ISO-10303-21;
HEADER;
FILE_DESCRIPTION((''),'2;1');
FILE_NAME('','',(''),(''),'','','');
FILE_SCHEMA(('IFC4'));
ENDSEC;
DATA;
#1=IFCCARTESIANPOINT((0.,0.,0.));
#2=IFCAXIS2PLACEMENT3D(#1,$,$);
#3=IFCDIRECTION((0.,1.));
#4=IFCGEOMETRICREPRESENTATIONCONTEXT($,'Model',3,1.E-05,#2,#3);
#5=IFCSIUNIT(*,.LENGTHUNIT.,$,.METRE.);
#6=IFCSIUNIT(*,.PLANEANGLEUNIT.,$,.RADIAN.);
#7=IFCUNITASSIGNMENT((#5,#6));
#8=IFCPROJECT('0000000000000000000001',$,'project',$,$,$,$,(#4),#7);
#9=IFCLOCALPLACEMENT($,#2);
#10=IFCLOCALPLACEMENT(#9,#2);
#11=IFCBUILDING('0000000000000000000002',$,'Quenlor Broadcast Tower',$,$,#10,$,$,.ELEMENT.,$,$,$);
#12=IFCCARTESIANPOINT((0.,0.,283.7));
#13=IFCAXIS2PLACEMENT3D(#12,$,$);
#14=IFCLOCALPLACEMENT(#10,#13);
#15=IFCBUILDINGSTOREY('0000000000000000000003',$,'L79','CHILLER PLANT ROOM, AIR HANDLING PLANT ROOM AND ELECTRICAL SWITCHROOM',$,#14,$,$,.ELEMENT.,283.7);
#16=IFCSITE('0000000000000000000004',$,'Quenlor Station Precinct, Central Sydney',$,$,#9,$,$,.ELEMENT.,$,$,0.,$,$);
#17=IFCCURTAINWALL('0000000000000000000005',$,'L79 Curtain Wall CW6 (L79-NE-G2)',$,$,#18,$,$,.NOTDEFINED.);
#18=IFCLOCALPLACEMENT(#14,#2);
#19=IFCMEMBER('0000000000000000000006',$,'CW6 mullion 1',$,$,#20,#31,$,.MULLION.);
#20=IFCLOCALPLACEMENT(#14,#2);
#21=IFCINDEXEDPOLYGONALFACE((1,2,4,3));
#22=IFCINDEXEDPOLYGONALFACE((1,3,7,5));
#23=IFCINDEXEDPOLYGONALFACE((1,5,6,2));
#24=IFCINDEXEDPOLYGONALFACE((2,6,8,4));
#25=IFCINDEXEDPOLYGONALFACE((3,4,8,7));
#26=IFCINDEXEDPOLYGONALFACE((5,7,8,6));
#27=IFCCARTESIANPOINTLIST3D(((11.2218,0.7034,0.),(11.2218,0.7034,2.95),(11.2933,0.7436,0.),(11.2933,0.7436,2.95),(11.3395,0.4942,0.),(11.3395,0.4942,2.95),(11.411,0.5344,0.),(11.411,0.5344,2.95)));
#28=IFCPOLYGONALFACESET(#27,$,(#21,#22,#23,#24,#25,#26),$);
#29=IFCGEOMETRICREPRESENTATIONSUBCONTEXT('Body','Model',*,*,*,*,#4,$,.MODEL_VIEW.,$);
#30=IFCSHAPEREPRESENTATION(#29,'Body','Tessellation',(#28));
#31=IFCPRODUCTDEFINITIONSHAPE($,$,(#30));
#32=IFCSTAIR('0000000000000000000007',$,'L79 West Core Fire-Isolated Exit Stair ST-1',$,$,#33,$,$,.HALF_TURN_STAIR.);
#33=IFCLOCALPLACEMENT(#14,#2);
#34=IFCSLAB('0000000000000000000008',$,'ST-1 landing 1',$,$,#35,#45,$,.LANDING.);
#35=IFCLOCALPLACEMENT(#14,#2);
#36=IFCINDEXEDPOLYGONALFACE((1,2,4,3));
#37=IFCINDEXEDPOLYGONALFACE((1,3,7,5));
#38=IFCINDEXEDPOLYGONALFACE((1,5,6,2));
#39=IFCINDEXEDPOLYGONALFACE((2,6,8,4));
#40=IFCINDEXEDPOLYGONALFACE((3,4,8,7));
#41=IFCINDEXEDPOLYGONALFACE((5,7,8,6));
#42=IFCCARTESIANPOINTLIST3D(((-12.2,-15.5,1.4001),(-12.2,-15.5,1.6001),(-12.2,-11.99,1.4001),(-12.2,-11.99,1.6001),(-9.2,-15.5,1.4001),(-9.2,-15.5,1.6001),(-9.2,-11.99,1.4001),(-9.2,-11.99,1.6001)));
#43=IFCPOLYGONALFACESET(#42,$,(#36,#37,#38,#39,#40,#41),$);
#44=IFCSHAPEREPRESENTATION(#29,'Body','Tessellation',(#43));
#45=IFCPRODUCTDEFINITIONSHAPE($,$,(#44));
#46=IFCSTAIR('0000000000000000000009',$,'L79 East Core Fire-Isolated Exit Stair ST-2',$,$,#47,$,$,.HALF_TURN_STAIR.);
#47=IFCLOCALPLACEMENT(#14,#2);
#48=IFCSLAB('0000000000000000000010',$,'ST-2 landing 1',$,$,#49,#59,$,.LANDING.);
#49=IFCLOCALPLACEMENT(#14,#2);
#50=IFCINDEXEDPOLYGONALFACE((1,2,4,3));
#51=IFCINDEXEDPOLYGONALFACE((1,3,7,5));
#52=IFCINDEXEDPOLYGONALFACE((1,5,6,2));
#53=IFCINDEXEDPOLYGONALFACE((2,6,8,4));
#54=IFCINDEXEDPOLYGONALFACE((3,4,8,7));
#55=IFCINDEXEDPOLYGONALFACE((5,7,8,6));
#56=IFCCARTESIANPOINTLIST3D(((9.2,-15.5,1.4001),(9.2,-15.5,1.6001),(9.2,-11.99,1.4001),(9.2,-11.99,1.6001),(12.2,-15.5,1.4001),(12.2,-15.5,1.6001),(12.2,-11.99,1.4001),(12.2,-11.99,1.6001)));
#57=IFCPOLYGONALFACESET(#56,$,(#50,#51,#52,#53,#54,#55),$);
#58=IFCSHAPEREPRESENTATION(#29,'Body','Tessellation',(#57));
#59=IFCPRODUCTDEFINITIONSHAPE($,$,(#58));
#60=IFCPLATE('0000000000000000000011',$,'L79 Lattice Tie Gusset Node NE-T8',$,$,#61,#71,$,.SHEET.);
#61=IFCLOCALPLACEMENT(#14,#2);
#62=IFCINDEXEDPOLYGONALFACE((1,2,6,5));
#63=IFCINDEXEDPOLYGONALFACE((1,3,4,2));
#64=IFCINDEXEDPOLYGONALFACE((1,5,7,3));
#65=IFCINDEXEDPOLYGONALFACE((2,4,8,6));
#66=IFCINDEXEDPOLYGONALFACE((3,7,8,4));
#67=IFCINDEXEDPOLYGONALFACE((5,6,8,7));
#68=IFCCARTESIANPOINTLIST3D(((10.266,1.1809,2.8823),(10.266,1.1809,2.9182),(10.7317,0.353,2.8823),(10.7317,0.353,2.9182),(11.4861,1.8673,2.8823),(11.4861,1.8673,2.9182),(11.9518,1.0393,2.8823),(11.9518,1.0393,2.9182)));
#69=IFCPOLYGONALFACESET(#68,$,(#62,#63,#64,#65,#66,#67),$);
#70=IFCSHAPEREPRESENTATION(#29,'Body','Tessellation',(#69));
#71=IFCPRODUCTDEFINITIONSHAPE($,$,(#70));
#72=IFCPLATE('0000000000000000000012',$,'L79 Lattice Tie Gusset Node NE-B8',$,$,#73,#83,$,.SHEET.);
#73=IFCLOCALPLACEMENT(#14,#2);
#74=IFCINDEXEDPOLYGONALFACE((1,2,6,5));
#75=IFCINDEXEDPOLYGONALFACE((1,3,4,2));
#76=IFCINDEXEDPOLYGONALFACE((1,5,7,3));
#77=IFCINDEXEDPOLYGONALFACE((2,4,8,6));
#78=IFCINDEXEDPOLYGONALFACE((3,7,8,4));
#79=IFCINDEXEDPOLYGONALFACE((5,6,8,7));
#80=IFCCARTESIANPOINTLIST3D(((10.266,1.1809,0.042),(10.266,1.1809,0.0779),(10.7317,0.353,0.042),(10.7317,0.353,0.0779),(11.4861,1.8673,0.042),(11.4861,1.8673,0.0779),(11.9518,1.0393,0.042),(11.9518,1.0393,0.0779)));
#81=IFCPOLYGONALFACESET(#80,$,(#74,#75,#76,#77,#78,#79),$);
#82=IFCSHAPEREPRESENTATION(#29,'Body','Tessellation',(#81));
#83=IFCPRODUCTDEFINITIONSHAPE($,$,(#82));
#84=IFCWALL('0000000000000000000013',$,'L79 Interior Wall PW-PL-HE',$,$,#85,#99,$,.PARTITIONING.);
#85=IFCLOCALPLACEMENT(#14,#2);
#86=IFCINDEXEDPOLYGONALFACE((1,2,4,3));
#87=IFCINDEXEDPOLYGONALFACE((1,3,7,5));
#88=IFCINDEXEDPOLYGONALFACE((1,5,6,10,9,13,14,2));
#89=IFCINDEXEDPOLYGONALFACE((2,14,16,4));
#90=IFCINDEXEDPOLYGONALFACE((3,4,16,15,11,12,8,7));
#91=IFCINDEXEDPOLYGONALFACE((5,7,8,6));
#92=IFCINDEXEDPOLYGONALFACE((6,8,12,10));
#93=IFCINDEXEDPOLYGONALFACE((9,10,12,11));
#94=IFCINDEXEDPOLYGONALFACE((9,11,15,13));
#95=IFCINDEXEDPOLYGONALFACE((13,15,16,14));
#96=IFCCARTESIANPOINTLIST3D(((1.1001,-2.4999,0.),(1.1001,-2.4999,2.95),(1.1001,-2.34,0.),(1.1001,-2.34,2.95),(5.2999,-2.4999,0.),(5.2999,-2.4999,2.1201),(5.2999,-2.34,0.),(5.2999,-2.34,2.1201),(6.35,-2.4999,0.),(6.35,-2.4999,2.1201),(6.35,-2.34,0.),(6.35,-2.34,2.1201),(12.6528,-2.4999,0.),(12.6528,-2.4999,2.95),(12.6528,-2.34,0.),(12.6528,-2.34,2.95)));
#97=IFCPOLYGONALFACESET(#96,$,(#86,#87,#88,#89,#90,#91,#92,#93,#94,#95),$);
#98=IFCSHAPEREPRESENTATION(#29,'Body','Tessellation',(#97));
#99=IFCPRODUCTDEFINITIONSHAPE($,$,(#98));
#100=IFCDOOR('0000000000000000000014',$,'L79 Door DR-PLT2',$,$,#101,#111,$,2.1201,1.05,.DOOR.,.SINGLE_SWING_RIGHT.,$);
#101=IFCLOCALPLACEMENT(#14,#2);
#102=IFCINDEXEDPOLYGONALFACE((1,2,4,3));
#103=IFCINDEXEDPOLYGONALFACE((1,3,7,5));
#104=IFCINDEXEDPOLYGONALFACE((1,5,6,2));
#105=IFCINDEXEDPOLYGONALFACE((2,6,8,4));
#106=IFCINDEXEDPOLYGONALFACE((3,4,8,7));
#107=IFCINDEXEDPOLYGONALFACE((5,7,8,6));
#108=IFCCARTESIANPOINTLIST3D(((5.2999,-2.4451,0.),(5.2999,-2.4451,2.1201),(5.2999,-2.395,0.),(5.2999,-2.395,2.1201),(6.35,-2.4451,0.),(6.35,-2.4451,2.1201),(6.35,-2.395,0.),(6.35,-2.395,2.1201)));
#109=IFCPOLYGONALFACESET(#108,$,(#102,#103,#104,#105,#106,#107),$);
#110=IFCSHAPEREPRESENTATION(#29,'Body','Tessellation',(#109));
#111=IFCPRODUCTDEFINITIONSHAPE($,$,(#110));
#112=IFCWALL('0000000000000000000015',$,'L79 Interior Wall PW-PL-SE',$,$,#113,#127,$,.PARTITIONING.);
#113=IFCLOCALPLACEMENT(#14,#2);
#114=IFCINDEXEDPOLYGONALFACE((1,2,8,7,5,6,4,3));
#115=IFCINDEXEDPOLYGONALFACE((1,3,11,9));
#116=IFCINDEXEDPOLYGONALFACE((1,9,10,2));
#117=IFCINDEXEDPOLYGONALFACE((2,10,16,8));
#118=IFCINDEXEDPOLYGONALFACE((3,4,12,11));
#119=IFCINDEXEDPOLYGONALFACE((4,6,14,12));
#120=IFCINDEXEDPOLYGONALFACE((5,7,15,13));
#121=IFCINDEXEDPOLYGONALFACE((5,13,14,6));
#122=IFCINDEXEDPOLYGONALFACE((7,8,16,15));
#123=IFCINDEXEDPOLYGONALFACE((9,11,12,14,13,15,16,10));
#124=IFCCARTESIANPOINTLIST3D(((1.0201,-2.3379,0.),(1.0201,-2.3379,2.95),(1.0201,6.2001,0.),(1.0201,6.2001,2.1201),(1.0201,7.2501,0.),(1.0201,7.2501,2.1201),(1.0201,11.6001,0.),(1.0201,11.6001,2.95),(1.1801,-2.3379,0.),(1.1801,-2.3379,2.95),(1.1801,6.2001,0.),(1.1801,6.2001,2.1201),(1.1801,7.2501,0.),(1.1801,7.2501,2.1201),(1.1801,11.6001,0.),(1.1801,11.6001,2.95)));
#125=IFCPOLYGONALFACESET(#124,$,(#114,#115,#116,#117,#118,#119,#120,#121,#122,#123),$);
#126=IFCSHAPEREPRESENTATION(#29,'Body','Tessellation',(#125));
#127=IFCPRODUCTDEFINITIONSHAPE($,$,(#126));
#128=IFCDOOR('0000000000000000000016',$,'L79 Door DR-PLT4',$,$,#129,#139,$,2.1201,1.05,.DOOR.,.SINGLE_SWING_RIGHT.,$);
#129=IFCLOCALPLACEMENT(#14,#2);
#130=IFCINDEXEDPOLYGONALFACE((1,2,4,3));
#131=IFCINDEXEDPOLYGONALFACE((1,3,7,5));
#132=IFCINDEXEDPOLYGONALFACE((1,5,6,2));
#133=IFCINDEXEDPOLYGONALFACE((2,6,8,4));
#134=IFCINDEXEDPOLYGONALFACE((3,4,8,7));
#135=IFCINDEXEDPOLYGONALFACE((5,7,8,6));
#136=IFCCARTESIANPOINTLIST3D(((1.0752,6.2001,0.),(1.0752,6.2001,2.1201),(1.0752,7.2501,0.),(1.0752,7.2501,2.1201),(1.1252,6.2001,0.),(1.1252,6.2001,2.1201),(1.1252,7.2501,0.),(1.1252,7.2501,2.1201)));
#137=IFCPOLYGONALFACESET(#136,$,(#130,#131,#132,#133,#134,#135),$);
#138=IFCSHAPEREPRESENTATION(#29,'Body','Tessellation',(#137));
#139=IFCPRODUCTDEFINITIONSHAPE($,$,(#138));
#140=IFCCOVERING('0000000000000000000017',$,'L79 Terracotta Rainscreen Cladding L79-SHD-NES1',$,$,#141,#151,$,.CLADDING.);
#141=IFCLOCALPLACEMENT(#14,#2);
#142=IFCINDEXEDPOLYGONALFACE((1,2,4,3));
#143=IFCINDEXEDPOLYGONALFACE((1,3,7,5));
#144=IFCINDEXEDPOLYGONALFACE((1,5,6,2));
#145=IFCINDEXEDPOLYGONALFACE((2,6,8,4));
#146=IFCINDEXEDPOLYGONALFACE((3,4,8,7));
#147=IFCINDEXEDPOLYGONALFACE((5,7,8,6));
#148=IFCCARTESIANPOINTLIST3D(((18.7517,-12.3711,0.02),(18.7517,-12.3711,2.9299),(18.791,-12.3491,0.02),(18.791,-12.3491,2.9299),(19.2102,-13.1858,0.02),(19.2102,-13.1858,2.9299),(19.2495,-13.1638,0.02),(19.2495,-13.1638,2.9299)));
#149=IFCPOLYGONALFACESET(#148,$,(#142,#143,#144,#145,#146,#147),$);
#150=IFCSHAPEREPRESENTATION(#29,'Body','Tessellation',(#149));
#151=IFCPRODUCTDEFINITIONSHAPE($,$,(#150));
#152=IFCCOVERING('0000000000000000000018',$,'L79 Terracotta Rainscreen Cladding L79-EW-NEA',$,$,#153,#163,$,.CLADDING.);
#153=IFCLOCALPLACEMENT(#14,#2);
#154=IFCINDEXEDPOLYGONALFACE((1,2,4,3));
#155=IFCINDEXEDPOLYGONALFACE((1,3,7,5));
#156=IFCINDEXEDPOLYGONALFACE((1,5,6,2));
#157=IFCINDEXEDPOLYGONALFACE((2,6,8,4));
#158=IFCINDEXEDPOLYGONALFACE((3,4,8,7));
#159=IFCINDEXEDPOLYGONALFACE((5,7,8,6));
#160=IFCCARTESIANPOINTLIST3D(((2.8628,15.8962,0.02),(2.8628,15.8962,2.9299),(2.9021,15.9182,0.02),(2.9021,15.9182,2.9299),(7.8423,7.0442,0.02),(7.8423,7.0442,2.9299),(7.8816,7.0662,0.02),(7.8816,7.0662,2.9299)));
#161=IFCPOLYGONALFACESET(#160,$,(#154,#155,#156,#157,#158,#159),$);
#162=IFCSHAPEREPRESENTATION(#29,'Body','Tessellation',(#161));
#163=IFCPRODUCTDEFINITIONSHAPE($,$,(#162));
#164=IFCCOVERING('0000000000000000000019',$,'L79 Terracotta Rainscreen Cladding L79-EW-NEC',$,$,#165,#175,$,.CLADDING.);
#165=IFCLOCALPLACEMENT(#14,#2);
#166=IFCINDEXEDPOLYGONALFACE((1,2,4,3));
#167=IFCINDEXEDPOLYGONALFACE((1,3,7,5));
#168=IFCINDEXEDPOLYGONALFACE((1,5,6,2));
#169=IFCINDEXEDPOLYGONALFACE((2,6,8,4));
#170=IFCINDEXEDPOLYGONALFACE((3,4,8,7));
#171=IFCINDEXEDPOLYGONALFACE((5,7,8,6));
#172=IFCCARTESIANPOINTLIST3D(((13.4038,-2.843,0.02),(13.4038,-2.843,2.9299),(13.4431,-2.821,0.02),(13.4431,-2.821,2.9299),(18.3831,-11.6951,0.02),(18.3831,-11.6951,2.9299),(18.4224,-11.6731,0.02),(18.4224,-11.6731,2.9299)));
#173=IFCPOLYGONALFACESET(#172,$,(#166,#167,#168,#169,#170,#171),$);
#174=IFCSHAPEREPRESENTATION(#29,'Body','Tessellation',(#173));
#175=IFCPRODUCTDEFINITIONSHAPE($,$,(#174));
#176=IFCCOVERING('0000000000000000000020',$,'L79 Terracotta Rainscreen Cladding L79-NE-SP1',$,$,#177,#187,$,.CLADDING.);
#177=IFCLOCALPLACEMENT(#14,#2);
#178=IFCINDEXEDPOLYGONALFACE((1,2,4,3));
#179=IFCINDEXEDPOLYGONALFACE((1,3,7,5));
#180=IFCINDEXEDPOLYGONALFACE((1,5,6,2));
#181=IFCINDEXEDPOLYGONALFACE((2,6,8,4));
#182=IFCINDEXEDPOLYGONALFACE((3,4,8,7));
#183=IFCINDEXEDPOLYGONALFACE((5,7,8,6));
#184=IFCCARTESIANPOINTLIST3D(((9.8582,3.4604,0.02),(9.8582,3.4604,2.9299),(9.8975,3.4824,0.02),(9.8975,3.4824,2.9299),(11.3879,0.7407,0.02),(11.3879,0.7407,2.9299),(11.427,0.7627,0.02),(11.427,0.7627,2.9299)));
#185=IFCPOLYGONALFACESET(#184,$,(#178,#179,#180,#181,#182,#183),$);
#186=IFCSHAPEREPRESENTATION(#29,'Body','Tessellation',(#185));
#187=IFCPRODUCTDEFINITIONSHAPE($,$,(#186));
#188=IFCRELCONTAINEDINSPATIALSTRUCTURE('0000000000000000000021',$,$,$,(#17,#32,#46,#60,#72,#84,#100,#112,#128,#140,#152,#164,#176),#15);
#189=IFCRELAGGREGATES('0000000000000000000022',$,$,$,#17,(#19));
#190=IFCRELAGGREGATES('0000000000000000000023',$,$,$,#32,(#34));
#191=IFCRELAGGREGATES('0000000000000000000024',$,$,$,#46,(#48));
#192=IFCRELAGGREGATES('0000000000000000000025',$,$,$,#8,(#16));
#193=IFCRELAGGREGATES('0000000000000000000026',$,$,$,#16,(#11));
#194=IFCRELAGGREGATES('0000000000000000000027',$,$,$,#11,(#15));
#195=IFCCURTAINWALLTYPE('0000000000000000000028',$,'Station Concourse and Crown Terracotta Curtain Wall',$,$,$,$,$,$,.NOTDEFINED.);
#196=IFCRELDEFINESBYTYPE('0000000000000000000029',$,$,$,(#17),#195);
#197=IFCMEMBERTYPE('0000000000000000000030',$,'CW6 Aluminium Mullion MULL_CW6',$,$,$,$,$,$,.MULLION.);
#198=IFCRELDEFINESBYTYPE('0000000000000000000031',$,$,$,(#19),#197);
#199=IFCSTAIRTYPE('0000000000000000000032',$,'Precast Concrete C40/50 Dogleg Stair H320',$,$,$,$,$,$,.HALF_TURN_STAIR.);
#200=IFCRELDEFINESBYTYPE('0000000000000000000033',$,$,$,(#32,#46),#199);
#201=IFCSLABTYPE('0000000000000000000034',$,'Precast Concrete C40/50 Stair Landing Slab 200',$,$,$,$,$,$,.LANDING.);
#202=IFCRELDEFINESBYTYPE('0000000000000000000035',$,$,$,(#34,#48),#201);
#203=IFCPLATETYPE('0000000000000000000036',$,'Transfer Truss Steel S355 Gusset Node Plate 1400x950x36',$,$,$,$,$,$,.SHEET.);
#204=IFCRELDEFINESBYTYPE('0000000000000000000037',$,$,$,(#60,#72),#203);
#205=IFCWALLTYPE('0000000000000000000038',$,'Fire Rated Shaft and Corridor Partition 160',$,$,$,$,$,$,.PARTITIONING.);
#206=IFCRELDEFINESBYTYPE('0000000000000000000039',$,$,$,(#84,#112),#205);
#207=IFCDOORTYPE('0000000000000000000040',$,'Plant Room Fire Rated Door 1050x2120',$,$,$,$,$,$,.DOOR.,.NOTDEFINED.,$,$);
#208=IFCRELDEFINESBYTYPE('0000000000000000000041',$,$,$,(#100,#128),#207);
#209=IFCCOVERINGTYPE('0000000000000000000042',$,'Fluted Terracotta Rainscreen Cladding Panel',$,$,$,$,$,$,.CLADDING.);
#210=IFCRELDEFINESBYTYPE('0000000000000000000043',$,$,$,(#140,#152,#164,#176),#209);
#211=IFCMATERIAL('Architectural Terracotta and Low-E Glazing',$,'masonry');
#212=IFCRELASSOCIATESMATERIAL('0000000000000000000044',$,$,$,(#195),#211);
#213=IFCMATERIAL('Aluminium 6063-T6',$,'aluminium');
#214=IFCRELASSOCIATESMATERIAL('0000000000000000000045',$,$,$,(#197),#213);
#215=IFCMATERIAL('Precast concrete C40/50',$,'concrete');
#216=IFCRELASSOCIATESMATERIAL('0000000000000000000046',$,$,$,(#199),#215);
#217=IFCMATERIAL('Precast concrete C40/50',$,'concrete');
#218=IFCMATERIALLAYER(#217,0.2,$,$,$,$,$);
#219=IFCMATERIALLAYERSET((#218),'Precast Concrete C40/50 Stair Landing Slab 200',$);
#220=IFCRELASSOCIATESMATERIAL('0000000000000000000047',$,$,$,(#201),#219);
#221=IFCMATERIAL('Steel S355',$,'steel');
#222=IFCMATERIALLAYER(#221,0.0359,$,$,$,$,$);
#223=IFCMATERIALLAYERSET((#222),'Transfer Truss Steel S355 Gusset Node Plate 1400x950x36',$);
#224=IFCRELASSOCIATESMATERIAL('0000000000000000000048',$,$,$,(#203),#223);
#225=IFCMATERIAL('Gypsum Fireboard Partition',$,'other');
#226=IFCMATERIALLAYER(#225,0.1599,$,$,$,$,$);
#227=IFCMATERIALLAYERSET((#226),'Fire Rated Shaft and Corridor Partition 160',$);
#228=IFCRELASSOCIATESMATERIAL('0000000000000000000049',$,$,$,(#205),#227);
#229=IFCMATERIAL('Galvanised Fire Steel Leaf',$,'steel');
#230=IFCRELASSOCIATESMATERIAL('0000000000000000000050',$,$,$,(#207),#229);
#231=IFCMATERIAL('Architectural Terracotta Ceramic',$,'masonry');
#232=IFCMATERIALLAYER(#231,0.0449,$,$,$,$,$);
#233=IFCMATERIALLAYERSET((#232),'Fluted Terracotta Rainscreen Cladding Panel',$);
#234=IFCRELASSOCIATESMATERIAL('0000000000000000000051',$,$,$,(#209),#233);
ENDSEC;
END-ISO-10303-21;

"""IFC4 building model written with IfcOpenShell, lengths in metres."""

from ifc_helpers import new_model, si_unit, direction, frame, frame_2d, origin, origin_2d, place, context, subcontext, project, spatial, polyline, rectangle, outline, extrude, material, layer, layer_set, material_profile, profile_set, type_object, element, fill, aggregate, save


model = new_model("IFC4")

# Units and contexts
model_context = context("Model", 3, precision=1e-05, world=origin(), true_north=direction((0.0, 1.0)))
body_context = subcontext(model_context, "Body", "Model", "MODEL_VIEW")
ifc_project = project(units=[si_unit("LENGTHUNIT", "METRE"), si_unit("PLANEANGLEUNIT", "RADIAN")], contexts=[model_context])

# Site, building, storey
site_placement = place(None, origin())
site = spatial("IfcSite", under=ifc_project, at=site_placement, Name="Quenlor Station Precinct, Central Sydney", CompositionType="ELEMENT", RefElevation=0.0)
building_placement = place(site_placement, origin())
building = spatial("IfcBuilding", under=site, at=building_placement, Name="Quenlor Broadcast Tower", CompositionType="ELEMENT")
storey_placement = place(building_placement, frame((0.0, 0.0, 283.7)))
storey = spatial("IfcBuildingStorey", under=building, at=storey_placement, Name="L79", Description="CHILLER PLANT ROOM, AIR HANDLING PLANT ROOM AND ELECTRICAL SWITCHROOM", CompositionType="ELEMENT", Elevation=283.7)

# Curtain wall, member
ifc_material_1 = material(Name="Architectural Terracotta and Low-E Glazing", Category="masonry")
curtain_wall_type = type_object("IfcCurtainWallType", Name="Station Concourse and Crown Terracotta Curtain Wall", PredefinedType="NOTDEFINED", material=ifc_material_1)
curtain_wall_placement = place(storey_placement, origin())
curtain_wall = element("IfcCurtainWall", 1, at=curtain_wall_placement, inside=storey, type_object=curtain_wall_type, Name="L79 Curtain Wall CW6 (L79-NE-G2)", PredefinedType="NOTDEFINED")
ifc_material_2 = material(Name="Aluminium 6063-T6", Category="aluminium")
ifc_material_profile = material_profile(ifc_material_2, rectangle(XDim=0.082, YDim=0.24, at=origin_2d()))
ifc_profile_set = profile_set([ifc_material_profile], Name="Aluminium 6063-T6 MULL82x240")
member_type = type_object("IfcMemberType", Name="CW6 Aluminium Mullion MULL_CW6", PredefinedType="MULLION", material=ifc_profile_set)
member_placement = place(storey_placement, frame((11.3164, 0.6189, 0.0), z_axis=(0.0, 0.0, 1.0), x_axis=(0.871572, 0.490268, 0.0)))
member = element("IfcMember", 2, at=member_placement, type_object=member_type, Name="CW6 mullion 1", PredefinedType="MULLION", context=body_context, shape_type="SweptSolid", body=[
    extrude(rectangle(XDim=0.082, YDim=0.24, at=origin_2d()), origin(), (0.0, 0.0, 1.0), 2.95),
])
aggregate(curtain_wall, [member])

# Stairs, slabs
ifc_material_3 = material(Name="Precast concrete C40/50", Category="concrete")
stair_type = type_object("IfcStairType", Name="Precast Concrete C40/50 Dogleg Stair H320", PredefinedType="HALF_TURN_STAIR", material=ifc_material_3)
stair_1_placement = place(storey_placement, origin())
stair_1 = element("IfcStair", 3, at=stair_1_placement, inside=storey, type_object=stair_type, Name="L79 West Core Fire-Isolated Exit Stair ST-1", PredefinedType="HALF_TURN_STAIR")
ifc_material_4 = material(Name="Precast concrete C40/50", Category="concrete")
ifc_layer_1 = layer(ifc_material_4, 0.2)
ifc_layer_set_1 = layer_set([ifc_layer_1], Name="Precast Concrete C40/50 Stair Landing Slab 200")
slab_type = type_object("IfcSlabType", Name="Precast Concrete C40/50 Stair Landing Slab 200", PredefinedType="LANDING", material=ifc_layer_set_1)
slab_1_placement = place(storey_placement, frame((0.0, 0.0, 1.4001)))
slab_1 = element("IfcSlab", 4, at=slab_1_placement, type_object=slab_type, Name="ST-1 landing 1", PredefinedType="LANDING", context=body_context, shape_type="SweptSolid", body=[
    extrude(outline(polyline([(-12.2, -11.99), (-12.2, -15.5), (-9.2, -15.5), (-9.2, -11.99), (-12.2, -11.99)])), origin(), (0.0, 0.0, 1.0), 0.2),
])
aggregate(stair_1, [slab_1])
stair_2_placement = place(storey_placement, origin())
stair_2 = element("IfcStair", 5, at=stair_2_placement, inside=storey, type_object=stair_type, Name="L79 East Core Fire-Isolated Exit Stair ST-2", PredefinedType="HALF_TURN_STAIR")
slab_2_placement = place(storey_placement, frame((0.0, 0.0, 1.4001)))
slab_2 = element("IfcSlab", 6, at=slab_2_placement, type_object=slab_type, Name="ST-2 landing 1", PredefinedType="LANDING", context=body_context, shape_type="SweptSolid", body=[
    extrude(outline(polyline([(9.2, -11.99), (9.2, -15.5), (12.2, -15.5), (12.2, -11.99), (9.2, -11.99)])), origin(), (0.0, 0.0, 1.0), 0.2),
])
aggregate(stair_2, [slab_2])

# Plates
ifc_material_5 = material(Name="Steel S355", Category="steel")
ifc_layer_2 = layer(ifc_material_5, 0.0359)
ifc_layer_set_2 = layer_set([ifc_layer_2], Name="Transfer Truss Steel S355 Gusset Node Plate 1400x950x36")
plate_type = type_object("IfcPlateType", Name="Transfer Truss Steel S355 Gusset Node Plate 1400x950x36", PredefinedType="SHEET", material=ifc_layer_set_2)
for number, where, z_axis, x_axis, name in (
    (7, (11.1089, 1.1101, 2.8823), (0.0, 0.0, 1.0), (0.871556, 0.490295, 0.0), "L79 Lattice Tie Gusset Node NE-T8"),
    (8, (11.1089, 1.1101, 0.042), (0.0, 0.0, 1.0), (0.871556, 0.490295, 0.0), "L79 Lattice Tie Gusset Node NE-B8"),
):
    element("IfcPlate", number, at=place(storey_placement, frame(where, z_axis=z_axis, x_axis=x_axis)), inside=storey, type_object=plate_type, Name=name, PredefinedType="SHEET", context=body_context, shape_type="SweptSolid", body=[
        extrude(rectangle(XDim=1.3999, YDim=0.95, at=origin_2d()), origin(), (0.0, 0.0, 1.0), 0.0359),
    ])

# Walls, openings, doors
ifc_material_6 = material(Name="Gypsum Fireboard Partition", Category="other")
ifc_layer_3 = layer(ifc_material_6, 0.1599)
ifc_layer_set_3 = layer_set([ifc_layer_3], Name="Fire Rated Shaft and Corridor Partition 160")
wall_type = type_object("IfcWallType", Name="Fire Rated Shaft and Corridor Partition 160", PredefinedType="PARTITIONING", material=ifc_layer_set_3)
wall_1_placement = place(storey_placement, frame((1.1001, -2.4199, 0.0), z_axis=(0.0, 0.0, 1.0), x_axis=(1.0, 0.0, 0.0)))
wall_1 = element("IfcWall", 9, at=wall_1_placement, inside=storey, type_object=wall_type, Name="L79 Interior Wall PW-PL-HE", PredefinedType="PARTITIONING", context=body_context, shape_type="SweptSolid", body=[
    extrude(rectangle(XDim=11.5527, YDim=0.1599, at=frame_2d((5.7764, 0.0))), origin(), (0.0, 0.0, 1.0), 2.95),
])
opening_1_placement = place(wall_1_placement, frame((4.2, 0.0, 0.0)))
opening_1 = element("IfcOpeningElement", 10, at=opening_1_placement, cuts=wall_1, PredefinedType="OPENING", context=body_context, shape_type="SweptSolid", body=[
    extrude(rectangle(XDim=1.05, YDim=2.1201, at=frame_2d((0.5249, 1.0601))), frame((0.0, 0.0898, 0.0), z_axis=(0.0, -1.0, 0.0), x_axis=(1.0, 0.0, 0.0)), (0.0, 0.0, 1.0), 0.1799),
])
ifc_material_7 = material(Name="Galvanised Fire Steel Leaf", Category="steel")
door_type = type_object("IfcDoorType", Name="Plant Room Fire Rated Door 1050x2120", OperationType="NOTDEFINED", PredefinedType="DOOR", material=ifc_material_7)
door_1_placement = place(opening_1_placement, origin())
door_1 = element("IfcDoor", 11, at=door_1_placement, inside=storey, type_object=door_type, Name="L79 Door DR-PLT2", OperationType="SINGLE_SWING_RIGHT", OverallHeight=2.1201, OverallWidth=1.05, PredefinedType="DOOR", context=body_context, shape_type="SweptSolid", body=[
    extrude(rectangle(XDim=1.05, YDim=2.1201, at=frame_2d((0.5249, 1.0601))), frame((0.0, 0.0249, 0.0), z_axis=(0.0, -1.0, 0.0), x_axis=(1.0, 0.0, 0.0)), (0.0, 0.0, 1.0), 0.05),
])
fill(opening_1, door_1)
wall_2_placement = place(storey_placement, frame((1.1001, -2.3379, 0.0), z_axis=(0.0, 0.0, 1.0), x_axis=(0.0, 1.0, 0.0)))
wall_2 = element("IfcWall", 12, at=wall_2_placement, inside=storey, type_object=wall_type, Name="L79 Interior Wall PW-PL-SE", PredefinedType="PARTITIONING", context=body_context, shape_type="SweptSolid", body=[
    extrude(rectangle(XDim=13.938, YDim=0.1599, at=frame_2d((6.969, 0.0))), origin(), (0.0, 0.0, 1.0), 2.95),
])
opening_2_placement = place(wall_2_placement, frame((8.5381, 0.0, 0.0)))
opening_2 = element("IfcOpeningElement", 13, at=opening_2_placement, cuts=wall_2, PredefinedType="OPENING", context=body_context, shape_type="SweptSolid", body=[
    extrude(rectangle(XDim=1.05, YDim=2.1201, at=frame_2d((0.5249, 1.0601))), frame((0.0, 0.0898, 0.0), z_axis=(0.0, -1.0, 0.0), x_axis=(1.0, 0.0, 0.0)), (0.0, 0.0, 1.0), 0.1799),
])
door_2_placement = place(opening_2_placement, origin())
door_2 = element("IfcDoor", 14, at=door_2_placement, inside=storey, type_object=door_type, Name="L79 Door DR-PLT4", OperationType="SINGLE_SWING_RIGHT", OverallHeight=2.1201, OverallWidth=1.05, PredefinedType="DOOR", context=body_context, shape_type="SweptSolid", body=[
    extrude(rectangle(XDim=1.05, YDim=2.1201, at=frame_2d((0.5249, 1.0601))), frame((0.0, 0.0249, 0.0), z_axis=(0.0, -1.0, 0.0), x_axis=(1.0, 0.0, 0.0)), (0.0, 0.0, 1.0), 0.05),
])
fill(opening_2, door_2)

# Coverings
ifc_material_8 = material(Name="Architectural Terracotta Ceramic", Category="masonry")
ifc_layer_4 = layer(ifc_material_8, 0.0449)
ifc_layer_set_4 = layer_set([ifc_layer_4], Name="Fluted Terracotta Rainscreen Cladding Panel")
covering_type = type_object("IfcCoveringType", Name="Fluted Terracotta Rainscreen Cladding Panel", PredefinedType="CLADDING", material=ifc_layer_set_4)
covering_1_placement = place(storey_placement, frame((0.0, 0.0, 0.02)))
element("IfcCovering", 15, at=covering_1_placement, inside=storey, type_object=covering_type, Name="L79 Terracotta Rainscreen Cladding L79-SHD-NES1", PredefinedType="CLADDING", context=body_context, shape_type="SweptSolid", body=[
    extrude(outline(polyline([(18.7517, -12.3711), (19.2102, -13.1858), (19.2495, -13.1638), (18.791, -12.3491), (18.7517, -12.3711)])), origin(), (0.0, 0.0, 1.0), 2.9099),
])
covering_2_placement = place(storey_placement, frame((0.0, 0.0, 0.02)))
element("IfcCovering", 16, at=covering_2_placement, inside=storey, type_object=covering_type, Name="L79 Terracotta Rainscreen Cladding L79-EW-NEA", PredefinedType="CLADDING", context=body_context, shape_type="SweptSolid", body=[
    extrude(outline(polyline([(2.8628, 15.8962), (7.8423, 7.0442), (7.8816, 7.0662), (2.9021, 15.9182), (2.8628, 15.8962)])), origin(), (0.0, 0.0, 1.0), 2.9099),
])
covering_3_placement = place(storey_placement, frame((0.0, 0.0, 0.02)))
element("IfcCovering", 17, at=covering_3_placement, inside=storey, type_object=covering_type, Name="L79 Terracotta Rainscreen Cladding L79-EW-NEC", PredefinedType="CLADDING", context=body_context, shape_type="SweptSolid", body=[
    extrude(outline(polyline([(13.4038, -2.843), (18.3831, -11.6951), (18.4224, -11.6731), (13.4431, -2.821), (13.4038, -2.843)])), origin(), (0.0, 0.0, 1.0), 2.9099),
])
covering_4_placement = place(storey_placement, frame((0.0, 0.0, 0.02)))
element("IfcCovering", 18, at=covering_4_placement, inside=storey, type_object=covering_type, Name="L79 Terracotta Rainscreen Cladding L79-NE-SP1", PredefinedType="CLADDING", context=body_context, shape_type="SweptSolid", body=[
    extrude(outline(polyline([(9.8582, 3.4604), (11.3879, 0.7407), (11.427, 0.7627), (9.8975, 3.4824), (9.8582, 3.4604)])), origin(), (0.0, 0.0, 1.0), 2.9099),
])

save(model, "model.ifc")
